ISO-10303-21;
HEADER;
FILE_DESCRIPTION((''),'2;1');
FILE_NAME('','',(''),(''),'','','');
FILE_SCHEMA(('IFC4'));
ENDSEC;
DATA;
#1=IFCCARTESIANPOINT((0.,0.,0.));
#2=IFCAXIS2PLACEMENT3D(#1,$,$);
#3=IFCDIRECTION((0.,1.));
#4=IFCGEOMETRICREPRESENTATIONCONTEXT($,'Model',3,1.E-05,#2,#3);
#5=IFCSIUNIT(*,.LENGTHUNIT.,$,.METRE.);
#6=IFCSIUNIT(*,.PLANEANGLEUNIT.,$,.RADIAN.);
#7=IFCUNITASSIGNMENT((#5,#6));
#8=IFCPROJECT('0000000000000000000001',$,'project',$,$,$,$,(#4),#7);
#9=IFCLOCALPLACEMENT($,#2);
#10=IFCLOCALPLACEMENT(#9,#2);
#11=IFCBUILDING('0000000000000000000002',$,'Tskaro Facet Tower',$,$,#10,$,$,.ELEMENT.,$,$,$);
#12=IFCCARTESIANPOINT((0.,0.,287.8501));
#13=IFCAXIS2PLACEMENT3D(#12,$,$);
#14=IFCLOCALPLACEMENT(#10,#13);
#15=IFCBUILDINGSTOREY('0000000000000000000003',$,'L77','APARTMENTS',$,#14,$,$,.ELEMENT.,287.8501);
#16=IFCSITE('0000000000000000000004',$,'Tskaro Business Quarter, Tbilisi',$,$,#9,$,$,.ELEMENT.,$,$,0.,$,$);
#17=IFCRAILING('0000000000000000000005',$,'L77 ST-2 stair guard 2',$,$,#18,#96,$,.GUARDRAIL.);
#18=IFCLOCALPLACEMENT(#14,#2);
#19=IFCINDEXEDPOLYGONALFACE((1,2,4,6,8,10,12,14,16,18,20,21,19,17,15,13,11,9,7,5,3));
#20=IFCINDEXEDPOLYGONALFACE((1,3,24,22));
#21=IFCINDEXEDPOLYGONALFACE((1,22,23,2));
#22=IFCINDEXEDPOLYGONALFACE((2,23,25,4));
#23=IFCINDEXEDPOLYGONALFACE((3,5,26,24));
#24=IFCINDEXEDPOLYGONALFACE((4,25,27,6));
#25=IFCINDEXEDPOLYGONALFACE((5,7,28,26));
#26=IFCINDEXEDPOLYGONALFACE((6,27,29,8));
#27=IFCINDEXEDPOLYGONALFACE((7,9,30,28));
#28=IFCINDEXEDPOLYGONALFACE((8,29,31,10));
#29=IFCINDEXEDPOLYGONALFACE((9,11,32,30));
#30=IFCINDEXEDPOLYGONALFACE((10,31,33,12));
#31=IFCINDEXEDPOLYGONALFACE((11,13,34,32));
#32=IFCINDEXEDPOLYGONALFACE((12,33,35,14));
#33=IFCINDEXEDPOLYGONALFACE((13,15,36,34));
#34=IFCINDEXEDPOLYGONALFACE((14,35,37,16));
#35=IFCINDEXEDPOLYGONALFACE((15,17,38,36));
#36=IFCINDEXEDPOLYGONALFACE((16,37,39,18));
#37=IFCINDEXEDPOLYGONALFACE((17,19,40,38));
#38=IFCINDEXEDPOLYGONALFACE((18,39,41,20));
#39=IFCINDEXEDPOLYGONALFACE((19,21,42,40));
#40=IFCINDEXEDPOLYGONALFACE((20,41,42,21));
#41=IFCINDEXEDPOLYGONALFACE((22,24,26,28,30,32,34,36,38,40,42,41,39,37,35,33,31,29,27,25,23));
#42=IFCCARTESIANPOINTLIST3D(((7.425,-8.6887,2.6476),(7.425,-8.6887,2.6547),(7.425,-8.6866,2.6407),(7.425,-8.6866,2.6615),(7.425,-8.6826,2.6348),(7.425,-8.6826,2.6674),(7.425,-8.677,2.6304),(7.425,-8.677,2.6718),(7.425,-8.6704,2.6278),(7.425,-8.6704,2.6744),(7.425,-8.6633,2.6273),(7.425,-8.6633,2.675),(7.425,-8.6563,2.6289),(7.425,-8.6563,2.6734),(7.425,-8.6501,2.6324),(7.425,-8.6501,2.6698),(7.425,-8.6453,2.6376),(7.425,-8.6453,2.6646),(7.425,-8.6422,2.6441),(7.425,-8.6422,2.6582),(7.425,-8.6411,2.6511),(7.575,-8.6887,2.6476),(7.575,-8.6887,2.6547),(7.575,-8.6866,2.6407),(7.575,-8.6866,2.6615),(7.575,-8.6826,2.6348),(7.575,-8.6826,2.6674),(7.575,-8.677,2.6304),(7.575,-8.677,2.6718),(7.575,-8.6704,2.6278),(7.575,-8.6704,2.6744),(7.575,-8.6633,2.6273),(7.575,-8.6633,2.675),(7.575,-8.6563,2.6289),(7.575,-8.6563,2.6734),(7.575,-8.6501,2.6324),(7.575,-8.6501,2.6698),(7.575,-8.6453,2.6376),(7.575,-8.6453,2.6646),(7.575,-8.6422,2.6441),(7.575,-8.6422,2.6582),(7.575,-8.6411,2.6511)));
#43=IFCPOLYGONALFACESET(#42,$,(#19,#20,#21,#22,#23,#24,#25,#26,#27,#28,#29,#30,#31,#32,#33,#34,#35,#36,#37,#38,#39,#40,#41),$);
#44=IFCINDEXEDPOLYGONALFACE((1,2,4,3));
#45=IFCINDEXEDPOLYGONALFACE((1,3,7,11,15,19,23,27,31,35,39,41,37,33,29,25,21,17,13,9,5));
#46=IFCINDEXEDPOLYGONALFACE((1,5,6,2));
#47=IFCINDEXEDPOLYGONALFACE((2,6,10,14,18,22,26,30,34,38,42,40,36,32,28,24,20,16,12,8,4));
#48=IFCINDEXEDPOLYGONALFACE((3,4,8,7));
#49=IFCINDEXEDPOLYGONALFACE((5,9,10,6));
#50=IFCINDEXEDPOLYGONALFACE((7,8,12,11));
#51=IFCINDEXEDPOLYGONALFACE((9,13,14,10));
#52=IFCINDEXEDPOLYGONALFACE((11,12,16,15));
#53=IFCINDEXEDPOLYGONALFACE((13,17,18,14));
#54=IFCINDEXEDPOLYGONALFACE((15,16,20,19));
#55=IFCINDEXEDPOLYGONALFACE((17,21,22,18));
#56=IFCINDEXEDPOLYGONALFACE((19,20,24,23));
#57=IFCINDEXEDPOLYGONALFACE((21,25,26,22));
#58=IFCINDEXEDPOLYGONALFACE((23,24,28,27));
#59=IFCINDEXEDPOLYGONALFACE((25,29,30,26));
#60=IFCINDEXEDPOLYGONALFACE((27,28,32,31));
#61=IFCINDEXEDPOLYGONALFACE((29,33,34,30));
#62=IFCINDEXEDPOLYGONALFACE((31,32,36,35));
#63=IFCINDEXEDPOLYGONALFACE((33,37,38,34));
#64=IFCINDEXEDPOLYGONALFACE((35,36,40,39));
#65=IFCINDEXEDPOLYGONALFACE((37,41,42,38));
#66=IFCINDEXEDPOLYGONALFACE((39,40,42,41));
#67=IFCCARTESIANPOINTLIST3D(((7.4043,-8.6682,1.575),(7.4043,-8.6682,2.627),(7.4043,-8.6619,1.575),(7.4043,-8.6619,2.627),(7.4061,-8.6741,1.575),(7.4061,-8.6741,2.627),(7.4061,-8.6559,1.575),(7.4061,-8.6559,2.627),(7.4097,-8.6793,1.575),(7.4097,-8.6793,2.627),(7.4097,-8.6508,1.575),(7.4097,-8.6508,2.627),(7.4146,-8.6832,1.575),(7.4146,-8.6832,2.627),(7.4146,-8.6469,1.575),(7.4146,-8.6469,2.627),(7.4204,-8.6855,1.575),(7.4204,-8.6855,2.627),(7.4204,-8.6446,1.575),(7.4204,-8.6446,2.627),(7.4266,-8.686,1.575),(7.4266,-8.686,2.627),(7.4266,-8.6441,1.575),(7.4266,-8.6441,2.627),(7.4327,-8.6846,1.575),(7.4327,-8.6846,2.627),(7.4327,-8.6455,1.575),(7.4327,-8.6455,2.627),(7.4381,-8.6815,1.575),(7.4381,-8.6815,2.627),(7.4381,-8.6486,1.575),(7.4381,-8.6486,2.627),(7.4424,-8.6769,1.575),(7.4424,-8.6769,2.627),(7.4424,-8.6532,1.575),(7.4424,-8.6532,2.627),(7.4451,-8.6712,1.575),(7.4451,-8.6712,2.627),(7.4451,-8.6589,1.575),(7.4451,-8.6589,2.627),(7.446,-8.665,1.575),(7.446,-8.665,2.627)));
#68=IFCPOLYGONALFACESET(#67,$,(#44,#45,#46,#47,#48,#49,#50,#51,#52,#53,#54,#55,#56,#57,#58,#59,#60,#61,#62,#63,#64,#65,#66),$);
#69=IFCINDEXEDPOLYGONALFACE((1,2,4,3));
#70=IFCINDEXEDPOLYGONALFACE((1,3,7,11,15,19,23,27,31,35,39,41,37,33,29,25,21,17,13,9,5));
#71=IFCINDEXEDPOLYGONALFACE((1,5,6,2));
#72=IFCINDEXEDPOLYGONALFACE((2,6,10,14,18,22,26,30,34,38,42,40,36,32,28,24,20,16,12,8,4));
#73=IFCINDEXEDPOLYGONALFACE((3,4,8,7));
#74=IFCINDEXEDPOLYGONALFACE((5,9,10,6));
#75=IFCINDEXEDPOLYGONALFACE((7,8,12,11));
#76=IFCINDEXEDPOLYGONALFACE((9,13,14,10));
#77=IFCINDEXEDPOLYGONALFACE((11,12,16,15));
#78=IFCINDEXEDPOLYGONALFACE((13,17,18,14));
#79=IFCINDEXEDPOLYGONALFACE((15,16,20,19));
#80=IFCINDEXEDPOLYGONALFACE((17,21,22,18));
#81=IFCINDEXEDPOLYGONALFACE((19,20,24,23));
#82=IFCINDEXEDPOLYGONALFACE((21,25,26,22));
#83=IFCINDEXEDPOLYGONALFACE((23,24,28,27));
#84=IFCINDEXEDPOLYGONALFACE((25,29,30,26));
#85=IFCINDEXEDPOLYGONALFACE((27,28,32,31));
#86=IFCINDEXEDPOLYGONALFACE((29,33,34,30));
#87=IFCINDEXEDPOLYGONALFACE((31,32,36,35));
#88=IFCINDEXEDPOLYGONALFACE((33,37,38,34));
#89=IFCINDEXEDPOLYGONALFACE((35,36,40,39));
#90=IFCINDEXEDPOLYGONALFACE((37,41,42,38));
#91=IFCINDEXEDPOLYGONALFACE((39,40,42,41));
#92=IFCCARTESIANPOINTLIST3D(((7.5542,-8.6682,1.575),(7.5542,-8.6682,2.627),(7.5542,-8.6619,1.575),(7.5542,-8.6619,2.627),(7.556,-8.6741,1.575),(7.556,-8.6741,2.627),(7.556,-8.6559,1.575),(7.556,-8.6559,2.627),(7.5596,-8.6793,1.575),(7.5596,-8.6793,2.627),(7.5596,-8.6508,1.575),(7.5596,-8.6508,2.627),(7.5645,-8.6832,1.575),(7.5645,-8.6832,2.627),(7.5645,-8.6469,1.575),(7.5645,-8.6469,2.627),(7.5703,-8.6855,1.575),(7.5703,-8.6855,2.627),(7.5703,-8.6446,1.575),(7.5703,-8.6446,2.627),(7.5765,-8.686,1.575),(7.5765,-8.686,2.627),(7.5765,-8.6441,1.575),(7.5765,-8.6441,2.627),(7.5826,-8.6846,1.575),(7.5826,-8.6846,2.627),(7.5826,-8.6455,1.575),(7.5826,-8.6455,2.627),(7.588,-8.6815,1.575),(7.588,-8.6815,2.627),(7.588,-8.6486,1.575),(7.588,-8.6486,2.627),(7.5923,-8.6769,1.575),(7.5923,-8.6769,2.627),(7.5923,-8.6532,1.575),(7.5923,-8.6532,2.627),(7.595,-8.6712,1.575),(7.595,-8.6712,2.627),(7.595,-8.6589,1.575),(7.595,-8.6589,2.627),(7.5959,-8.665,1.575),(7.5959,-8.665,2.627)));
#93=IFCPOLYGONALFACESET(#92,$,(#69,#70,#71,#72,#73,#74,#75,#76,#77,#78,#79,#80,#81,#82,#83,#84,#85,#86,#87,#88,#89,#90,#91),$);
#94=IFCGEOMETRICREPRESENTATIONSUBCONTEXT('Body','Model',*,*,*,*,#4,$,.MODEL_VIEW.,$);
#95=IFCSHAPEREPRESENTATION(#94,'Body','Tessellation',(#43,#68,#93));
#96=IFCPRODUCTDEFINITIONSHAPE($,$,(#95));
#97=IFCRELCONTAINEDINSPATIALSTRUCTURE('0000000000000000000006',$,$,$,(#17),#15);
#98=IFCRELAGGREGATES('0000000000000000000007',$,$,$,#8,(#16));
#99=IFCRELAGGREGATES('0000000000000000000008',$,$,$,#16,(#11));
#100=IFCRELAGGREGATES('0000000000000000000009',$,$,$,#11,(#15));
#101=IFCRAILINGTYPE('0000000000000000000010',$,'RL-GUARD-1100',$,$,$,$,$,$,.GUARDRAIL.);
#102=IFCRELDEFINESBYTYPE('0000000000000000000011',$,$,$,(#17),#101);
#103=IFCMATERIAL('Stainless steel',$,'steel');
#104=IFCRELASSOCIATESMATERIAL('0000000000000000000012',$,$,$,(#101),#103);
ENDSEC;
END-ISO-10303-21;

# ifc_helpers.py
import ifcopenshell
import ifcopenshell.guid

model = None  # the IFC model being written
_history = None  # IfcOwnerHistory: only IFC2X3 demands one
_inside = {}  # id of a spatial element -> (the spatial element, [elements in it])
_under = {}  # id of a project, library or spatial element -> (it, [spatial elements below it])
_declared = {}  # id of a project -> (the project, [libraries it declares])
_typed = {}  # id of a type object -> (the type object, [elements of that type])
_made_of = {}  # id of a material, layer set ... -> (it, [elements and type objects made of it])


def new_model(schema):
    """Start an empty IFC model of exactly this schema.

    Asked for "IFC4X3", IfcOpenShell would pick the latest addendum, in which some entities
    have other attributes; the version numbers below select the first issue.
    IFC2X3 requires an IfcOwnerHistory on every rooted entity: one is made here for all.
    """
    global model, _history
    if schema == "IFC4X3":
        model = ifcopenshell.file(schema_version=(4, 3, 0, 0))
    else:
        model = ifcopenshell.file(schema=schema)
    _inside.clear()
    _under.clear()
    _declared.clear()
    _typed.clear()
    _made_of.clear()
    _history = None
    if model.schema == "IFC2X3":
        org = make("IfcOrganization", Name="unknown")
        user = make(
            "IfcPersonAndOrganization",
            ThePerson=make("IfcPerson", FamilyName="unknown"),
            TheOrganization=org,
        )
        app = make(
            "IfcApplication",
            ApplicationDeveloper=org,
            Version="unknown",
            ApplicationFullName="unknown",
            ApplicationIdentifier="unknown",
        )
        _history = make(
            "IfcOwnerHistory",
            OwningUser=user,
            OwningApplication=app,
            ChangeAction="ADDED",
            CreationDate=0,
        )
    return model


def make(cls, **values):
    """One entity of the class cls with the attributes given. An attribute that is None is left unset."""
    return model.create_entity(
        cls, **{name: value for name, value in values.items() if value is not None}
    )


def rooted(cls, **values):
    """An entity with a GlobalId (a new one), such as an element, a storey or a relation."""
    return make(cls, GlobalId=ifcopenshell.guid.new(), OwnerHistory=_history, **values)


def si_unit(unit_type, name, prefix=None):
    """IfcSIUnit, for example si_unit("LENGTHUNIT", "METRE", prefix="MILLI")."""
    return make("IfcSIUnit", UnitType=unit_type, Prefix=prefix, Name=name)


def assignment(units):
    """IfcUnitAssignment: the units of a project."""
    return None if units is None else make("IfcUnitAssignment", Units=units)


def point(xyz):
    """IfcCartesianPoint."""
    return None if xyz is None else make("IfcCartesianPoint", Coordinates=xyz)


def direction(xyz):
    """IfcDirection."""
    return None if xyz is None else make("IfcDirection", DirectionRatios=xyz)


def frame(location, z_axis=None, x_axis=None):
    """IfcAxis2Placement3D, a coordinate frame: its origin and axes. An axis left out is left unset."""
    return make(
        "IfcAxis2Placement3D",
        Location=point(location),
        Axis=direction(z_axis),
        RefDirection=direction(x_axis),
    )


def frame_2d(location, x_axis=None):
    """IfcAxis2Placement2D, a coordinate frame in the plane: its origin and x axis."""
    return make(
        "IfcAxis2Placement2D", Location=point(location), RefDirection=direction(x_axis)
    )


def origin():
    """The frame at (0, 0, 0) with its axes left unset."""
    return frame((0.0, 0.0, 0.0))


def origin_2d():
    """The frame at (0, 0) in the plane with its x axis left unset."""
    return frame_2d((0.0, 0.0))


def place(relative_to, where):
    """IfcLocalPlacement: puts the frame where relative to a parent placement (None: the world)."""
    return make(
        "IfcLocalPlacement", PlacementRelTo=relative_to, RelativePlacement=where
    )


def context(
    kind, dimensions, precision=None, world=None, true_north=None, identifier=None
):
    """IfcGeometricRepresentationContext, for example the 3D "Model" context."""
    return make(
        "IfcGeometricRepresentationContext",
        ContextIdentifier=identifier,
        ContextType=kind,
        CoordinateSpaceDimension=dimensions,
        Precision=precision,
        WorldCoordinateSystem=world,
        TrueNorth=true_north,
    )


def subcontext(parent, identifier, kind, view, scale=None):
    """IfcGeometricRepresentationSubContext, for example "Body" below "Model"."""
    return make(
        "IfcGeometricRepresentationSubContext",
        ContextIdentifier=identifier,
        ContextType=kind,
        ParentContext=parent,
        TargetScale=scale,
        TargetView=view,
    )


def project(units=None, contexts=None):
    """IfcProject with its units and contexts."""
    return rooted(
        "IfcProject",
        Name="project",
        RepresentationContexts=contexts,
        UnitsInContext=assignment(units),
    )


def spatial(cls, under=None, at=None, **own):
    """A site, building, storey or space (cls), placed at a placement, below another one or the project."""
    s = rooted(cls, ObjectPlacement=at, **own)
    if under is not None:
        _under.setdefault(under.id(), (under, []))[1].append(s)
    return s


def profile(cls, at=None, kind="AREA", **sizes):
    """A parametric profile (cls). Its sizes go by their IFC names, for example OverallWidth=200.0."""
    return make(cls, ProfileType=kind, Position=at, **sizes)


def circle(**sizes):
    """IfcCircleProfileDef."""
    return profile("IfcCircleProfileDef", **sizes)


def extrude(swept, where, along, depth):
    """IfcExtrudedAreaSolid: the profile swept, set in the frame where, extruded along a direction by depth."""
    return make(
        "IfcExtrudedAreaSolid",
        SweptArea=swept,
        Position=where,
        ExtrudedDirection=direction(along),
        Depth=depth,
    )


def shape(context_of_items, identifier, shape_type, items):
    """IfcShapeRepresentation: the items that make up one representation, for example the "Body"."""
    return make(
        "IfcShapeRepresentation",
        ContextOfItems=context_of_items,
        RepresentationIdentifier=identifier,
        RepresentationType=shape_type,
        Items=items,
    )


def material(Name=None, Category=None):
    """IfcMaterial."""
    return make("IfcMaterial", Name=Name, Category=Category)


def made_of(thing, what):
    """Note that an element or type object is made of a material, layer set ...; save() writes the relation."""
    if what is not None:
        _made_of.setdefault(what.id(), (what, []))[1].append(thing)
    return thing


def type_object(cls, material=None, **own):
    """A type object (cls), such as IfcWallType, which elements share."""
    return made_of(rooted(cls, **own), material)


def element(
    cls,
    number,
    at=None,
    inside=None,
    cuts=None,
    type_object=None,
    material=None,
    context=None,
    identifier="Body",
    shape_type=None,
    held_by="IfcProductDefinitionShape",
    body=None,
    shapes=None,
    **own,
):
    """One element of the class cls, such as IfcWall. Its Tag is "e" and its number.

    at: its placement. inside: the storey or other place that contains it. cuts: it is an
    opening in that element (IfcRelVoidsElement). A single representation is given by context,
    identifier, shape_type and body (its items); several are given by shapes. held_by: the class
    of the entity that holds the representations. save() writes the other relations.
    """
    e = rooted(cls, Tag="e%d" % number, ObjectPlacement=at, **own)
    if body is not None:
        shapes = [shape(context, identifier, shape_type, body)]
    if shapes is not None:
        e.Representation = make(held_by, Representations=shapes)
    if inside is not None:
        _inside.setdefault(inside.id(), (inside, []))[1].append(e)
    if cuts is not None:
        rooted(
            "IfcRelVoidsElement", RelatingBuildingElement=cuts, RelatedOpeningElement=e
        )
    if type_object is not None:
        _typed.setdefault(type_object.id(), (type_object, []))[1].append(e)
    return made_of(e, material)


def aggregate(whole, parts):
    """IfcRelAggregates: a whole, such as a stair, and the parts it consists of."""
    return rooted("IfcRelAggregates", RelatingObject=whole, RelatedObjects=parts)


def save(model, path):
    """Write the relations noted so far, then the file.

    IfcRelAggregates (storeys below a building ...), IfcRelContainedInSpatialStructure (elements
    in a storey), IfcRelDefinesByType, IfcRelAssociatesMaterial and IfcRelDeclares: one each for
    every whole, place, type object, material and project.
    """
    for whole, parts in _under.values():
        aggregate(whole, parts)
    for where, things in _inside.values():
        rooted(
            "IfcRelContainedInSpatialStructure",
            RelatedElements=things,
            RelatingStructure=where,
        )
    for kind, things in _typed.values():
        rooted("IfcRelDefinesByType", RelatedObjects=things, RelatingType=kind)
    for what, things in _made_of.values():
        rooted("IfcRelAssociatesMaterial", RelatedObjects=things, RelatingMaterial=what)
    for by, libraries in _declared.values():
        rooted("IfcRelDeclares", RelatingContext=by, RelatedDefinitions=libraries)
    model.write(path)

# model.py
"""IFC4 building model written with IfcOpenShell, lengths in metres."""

from ifc_helpers import new_model, si_unit, direction, frame, origin, origin_2d, place, context, subcontext, project, spatial, circle, extrude, material, type_object, element, save


model = new_model("IFC4")

# Units and contexts
model_context = context("Model", 3, precision=1e-05, world=origin(), true_north=direction((0.0, 1.0)))
body_context = subcontext(model_context, "Body", "Model", "MODEL_VIEW")
ifc_project = project(units=[si_unit("LENGTHUNIT", "METRE"), si_unit("PLANEANGLEUNIT", "RADIAN")], contexts=[model_context])

# Site, building, storey
site_placement = place(None, origin())
site = spatial("IfcSite", under=ifc_project, at=site_placement, Name="Tskaro Business Quarter, Tbilisi", CompositionType="ELEMENT", RefElevation=0.0)
building_placement = place(site_placement, origin())
building = spatial("IfcBuilding", under=site, at=building_placement, Name="Tskaro Facet Tower", CompositionType="ELEMENT")
storey_placement = place(building_placement, frame((0.0, 0.0, 287.8501)))
storey = spatial("IfcBuildingStorey", under=building, at=storey_placement, Name="L77", Description="APARTMENTS", CompositionType="ELEMENT", Elevation=287.8501)

# Railing
ifc_material_1 = material(Name="Stainless steel", Category="steel")
railing_type_1 = type_object("IfcRailingType", Name="RL-GUARD-1100", PredefinedType="GUARDRAIL", material=ifc_material_1)
railing_1_placement = place(storey_placement, frame((7.425, -8.665, 1.575)))
element("IfcRailing", 1, at=railing_1_placement, inside=storey, type_object=railing_type_1, Name="L77 ST-2 stair guard 2", PredefinedType="GUARDRAIL", context=body_context, shape_type="SweptSolid", body=[
    extrude(circle(Radius=0.0239, at=origin_2d()), frame((0.0, 0.0, 1.0762), z_axis=(1.0, 0.0, 0.0), x_axis=(0.0, 1.0, 0.0)), (0.0, 0.0, 1.0), 0.1499),
    extrude(circle(Radius=0.021, at=origin_2d()), origin(), (0.0, 0.0, 1.0), 1.052),
    extrude(circle(Radius=0.021, at=origin_2d()), frame((0.1499, 0.0, 0.0)), (0.0, 0.0, 1.0), 1.052),
])

save(model, "model.ifc")
